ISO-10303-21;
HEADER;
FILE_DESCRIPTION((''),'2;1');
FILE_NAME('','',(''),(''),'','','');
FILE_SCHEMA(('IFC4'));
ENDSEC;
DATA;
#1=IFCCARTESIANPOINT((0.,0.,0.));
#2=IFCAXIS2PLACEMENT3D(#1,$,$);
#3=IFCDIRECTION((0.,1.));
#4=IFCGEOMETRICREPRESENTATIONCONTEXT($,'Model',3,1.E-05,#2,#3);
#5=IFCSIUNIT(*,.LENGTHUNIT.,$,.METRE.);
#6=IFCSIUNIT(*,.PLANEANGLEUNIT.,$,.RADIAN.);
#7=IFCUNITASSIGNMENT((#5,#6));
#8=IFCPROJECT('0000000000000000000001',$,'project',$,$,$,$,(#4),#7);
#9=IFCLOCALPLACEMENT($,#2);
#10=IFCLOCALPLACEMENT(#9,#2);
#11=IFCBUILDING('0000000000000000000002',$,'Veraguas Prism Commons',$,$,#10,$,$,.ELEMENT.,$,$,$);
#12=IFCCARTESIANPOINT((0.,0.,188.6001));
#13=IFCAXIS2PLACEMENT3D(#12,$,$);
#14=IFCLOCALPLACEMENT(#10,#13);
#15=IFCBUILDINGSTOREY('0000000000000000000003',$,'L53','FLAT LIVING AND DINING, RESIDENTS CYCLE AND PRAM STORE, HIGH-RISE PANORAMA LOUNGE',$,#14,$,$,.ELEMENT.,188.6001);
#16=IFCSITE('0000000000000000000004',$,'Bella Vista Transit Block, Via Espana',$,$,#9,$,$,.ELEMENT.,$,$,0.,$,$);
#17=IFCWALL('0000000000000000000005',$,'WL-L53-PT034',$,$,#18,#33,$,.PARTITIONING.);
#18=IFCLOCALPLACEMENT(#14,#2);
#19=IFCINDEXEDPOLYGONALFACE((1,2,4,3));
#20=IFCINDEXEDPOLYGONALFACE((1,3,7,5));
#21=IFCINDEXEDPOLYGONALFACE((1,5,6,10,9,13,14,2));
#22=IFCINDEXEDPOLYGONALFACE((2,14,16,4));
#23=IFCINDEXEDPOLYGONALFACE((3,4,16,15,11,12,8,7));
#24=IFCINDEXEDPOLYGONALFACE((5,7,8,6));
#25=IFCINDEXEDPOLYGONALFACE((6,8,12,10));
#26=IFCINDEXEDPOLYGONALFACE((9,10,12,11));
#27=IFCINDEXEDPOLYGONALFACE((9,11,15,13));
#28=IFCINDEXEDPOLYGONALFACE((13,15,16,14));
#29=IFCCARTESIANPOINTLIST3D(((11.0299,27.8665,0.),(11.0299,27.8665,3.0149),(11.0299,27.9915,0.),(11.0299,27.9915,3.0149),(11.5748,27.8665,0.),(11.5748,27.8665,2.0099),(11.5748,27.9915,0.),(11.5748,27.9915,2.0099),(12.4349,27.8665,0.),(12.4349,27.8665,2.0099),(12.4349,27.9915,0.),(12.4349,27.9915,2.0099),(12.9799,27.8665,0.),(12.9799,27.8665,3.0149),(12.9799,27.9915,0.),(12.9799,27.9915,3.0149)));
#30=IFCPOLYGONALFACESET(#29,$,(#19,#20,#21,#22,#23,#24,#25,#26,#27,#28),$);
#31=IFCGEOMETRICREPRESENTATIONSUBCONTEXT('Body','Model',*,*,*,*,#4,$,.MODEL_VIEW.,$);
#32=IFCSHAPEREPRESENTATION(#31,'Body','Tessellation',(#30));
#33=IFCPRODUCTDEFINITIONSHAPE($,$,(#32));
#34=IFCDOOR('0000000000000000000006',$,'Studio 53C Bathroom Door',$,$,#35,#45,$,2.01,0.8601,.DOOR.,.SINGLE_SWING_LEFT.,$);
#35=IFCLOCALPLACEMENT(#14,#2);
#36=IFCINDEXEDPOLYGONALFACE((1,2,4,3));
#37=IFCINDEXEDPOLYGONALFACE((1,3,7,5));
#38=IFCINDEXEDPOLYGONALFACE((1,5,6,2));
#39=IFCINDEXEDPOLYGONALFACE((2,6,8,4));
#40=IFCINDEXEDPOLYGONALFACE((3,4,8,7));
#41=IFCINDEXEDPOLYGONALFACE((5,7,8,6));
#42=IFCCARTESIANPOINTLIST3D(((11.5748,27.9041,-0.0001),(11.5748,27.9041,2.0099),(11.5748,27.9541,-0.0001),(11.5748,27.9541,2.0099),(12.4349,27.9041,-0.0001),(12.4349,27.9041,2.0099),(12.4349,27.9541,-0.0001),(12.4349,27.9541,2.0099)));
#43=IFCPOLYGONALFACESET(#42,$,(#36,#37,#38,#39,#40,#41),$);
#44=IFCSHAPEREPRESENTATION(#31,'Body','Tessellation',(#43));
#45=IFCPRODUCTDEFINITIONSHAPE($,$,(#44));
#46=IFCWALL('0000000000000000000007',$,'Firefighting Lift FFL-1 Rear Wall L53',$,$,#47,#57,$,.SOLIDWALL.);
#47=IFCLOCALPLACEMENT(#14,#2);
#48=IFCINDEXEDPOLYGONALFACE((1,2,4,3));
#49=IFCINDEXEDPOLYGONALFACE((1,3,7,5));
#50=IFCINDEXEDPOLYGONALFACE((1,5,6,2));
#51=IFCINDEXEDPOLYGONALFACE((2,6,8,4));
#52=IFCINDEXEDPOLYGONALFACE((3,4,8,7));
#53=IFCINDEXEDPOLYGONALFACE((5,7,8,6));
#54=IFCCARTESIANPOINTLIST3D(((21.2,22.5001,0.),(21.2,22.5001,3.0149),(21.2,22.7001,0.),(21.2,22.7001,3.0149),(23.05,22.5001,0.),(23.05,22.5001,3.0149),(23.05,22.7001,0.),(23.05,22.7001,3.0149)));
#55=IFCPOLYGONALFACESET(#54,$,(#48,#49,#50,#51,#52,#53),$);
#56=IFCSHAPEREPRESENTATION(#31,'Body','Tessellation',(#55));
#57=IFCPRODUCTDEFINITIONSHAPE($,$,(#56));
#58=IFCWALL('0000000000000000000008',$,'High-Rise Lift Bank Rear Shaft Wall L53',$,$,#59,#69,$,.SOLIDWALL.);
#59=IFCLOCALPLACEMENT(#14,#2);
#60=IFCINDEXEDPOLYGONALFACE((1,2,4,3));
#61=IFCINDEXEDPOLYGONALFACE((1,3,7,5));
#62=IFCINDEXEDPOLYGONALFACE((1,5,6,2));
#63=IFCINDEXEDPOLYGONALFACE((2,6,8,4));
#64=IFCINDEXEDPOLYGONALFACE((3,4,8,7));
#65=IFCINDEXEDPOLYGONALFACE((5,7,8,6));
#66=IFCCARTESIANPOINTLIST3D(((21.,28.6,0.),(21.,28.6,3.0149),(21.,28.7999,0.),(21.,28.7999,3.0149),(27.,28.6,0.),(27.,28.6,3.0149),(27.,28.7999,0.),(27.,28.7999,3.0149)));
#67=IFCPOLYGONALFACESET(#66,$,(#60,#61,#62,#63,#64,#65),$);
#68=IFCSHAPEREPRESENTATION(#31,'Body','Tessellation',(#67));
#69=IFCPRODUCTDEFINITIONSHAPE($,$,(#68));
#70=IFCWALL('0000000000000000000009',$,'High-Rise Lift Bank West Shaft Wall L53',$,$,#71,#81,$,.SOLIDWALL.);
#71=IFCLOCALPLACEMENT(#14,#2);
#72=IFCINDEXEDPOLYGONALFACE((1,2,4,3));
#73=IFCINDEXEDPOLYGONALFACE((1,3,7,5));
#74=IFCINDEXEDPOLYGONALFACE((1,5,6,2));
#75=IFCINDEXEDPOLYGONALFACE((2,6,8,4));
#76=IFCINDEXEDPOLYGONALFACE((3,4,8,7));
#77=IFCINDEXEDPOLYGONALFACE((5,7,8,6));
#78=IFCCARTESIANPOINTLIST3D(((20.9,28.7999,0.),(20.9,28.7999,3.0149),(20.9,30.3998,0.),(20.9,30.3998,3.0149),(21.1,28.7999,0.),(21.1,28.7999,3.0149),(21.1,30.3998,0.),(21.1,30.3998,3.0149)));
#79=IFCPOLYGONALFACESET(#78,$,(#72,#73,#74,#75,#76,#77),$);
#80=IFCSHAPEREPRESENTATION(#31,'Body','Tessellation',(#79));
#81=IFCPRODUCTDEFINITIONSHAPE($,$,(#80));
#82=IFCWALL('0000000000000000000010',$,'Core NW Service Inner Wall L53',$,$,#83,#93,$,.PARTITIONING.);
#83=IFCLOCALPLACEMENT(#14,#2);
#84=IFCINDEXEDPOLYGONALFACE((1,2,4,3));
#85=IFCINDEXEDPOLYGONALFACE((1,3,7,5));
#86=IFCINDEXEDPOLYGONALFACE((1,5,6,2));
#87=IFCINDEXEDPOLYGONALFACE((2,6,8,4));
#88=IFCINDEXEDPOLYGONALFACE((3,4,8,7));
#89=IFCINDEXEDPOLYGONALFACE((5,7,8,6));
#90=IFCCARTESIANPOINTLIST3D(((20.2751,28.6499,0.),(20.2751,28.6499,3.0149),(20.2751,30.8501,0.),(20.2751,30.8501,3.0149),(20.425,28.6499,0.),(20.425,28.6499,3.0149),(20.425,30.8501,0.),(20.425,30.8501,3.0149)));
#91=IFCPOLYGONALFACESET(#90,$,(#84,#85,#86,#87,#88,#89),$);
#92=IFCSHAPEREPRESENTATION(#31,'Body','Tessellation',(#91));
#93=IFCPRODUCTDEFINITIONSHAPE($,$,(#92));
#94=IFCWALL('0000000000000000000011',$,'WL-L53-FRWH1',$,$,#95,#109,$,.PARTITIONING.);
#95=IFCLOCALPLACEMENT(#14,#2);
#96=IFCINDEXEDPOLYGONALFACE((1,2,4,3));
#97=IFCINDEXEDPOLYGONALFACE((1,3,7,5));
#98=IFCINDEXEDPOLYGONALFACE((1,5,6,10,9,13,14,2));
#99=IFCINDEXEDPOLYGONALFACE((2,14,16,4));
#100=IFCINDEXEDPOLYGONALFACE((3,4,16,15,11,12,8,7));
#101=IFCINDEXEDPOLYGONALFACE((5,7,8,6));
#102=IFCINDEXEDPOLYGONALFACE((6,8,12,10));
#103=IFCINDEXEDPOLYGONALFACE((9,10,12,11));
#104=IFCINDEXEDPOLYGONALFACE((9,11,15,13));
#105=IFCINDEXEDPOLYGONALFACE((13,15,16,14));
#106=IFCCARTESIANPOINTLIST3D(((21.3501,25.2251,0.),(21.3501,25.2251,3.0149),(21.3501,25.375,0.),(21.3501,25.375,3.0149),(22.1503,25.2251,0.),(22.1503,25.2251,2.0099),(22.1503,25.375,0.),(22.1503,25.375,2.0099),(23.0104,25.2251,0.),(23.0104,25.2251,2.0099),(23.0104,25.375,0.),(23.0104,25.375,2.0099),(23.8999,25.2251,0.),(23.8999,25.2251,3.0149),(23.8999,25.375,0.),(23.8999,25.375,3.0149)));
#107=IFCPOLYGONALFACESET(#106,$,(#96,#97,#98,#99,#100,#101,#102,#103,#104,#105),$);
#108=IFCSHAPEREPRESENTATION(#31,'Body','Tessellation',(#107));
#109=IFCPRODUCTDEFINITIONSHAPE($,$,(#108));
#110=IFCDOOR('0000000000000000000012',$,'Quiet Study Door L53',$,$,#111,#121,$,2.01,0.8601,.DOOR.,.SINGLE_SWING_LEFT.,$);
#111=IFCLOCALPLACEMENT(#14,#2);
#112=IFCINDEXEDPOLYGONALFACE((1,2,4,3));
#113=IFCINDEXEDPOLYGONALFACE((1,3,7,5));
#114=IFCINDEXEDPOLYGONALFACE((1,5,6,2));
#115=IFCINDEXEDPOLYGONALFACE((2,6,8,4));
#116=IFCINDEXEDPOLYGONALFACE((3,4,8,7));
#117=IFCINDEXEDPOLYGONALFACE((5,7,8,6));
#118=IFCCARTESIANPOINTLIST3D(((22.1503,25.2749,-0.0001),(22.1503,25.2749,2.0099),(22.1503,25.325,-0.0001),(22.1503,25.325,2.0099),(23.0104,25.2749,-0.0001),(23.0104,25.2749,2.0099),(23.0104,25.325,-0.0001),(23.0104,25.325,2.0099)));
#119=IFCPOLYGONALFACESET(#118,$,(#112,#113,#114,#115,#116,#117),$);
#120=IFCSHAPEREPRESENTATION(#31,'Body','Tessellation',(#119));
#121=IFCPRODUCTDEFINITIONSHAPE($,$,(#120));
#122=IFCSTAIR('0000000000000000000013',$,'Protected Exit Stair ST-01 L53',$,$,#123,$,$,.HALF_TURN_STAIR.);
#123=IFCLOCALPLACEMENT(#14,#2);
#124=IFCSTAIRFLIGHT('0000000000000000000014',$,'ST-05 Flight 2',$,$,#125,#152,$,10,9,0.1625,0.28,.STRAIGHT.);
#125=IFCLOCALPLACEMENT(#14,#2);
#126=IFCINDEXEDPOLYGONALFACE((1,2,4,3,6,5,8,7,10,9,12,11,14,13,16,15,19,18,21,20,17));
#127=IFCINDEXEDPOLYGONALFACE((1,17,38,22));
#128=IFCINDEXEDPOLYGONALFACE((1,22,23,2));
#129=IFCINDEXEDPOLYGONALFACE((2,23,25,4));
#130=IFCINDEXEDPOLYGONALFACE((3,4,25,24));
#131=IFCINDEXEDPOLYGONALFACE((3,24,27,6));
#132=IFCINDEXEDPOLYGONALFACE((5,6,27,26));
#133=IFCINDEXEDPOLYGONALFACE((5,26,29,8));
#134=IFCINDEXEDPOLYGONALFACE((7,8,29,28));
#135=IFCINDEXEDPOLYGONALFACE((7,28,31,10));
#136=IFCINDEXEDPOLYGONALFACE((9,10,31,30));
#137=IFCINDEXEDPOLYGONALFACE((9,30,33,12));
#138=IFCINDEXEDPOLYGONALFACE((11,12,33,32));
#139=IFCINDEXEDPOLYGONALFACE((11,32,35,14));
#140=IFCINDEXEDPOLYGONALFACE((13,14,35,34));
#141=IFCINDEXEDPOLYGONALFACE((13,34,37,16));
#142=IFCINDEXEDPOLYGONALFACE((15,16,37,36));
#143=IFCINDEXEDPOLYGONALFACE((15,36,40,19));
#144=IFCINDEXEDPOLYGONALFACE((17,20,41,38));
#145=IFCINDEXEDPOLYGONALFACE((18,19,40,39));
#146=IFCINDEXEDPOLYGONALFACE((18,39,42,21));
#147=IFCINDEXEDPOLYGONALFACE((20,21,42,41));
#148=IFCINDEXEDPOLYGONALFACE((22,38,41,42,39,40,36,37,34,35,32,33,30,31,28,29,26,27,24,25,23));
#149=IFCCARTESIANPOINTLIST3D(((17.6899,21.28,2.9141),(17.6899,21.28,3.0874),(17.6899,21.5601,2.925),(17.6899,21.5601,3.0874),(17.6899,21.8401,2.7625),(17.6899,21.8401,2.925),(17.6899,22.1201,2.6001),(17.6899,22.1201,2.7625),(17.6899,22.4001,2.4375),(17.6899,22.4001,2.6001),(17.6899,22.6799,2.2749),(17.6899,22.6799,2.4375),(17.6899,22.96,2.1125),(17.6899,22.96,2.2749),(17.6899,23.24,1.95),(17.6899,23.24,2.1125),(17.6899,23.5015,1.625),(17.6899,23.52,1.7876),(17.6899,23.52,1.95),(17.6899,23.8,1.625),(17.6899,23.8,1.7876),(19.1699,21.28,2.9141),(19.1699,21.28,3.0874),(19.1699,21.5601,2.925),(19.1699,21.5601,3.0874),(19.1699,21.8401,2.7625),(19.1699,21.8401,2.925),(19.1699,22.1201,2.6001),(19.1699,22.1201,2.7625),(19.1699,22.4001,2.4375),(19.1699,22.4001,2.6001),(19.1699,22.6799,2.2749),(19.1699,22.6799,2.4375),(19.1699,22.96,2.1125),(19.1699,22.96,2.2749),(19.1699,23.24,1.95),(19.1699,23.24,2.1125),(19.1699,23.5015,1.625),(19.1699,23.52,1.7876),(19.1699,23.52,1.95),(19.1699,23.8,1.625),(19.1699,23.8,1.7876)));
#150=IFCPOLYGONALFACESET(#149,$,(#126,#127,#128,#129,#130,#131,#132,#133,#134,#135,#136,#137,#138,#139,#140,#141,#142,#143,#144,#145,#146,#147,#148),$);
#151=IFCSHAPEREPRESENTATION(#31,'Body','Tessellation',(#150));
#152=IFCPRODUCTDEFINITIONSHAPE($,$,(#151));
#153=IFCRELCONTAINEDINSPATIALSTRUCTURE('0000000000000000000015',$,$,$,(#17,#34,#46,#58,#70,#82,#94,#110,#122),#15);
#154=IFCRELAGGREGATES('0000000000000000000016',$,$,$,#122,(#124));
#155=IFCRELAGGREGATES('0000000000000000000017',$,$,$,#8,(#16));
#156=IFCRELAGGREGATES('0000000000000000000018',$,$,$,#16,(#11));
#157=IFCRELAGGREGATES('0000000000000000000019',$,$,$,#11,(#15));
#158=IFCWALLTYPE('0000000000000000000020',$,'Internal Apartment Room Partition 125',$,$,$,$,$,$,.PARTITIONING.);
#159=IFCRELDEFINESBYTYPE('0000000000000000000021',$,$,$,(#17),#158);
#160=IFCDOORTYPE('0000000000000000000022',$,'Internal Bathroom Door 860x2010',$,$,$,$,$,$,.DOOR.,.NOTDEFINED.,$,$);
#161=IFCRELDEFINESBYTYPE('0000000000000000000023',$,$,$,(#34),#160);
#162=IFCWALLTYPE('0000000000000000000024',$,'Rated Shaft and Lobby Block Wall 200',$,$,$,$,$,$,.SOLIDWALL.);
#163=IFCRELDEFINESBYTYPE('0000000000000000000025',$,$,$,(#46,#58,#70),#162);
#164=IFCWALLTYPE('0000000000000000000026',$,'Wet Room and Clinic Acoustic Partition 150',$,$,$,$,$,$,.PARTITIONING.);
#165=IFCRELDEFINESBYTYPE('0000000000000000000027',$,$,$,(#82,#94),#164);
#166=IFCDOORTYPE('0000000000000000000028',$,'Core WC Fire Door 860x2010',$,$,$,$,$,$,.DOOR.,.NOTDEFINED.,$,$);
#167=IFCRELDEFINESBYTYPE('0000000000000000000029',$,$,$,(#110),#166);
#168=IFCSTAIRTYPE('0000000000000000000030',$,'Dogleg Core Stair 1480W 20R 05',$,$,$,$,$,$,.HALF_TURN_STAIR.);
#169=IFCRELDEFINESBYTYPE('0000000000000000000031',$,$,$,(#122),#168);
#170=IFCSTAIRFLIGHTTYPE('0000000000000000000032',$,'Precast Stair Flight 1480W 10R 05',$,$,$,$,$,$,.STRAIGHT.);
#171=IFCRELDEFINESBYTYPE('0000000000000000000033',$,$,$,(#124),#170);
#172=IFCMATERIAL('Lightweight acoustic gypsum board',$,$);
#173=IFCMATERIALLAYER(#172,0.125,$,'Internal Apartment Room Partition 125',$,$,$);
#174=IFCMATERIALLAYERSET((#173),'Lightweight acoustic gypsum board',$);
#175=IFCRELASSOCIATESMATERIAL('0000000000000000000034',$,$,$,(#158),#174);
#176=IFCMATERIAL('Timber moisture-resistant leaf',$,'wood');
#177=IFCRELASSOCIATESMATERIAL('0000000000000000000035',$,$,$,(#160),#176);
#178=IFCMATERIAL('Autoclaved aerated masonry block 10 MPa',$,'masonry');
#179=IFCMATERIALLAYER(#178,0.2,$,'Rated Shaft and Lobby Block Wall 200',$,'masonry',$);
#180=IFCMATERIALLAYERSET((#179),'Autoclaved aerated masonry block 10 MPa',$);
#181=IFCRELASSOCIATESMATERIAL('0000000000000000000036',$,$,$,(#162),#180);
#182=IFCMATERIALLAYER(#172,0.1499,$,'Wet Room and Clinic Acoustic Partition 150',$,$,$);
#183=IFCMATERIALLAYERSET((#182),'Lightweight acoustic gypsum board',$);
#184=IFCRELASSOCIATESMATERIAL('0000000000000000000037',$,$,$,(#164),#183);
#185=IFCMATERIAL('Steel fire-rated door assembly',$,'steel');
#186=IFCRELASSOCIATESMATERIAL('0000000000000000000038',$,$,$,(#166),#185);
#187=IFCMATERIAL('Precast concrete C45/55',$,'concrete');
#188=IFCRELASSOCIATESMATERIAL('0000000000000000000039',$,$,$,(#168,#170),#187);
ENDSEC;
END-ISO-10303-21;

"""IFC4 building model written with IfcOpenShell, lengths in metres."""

from ifc_helpers import new_model, si_unit, direction, frame, frame_2d, origin, place, context, subcontext, project, spatial, polyline, rectangle, outline, extrude, source, transform, mapped, material, layer, layer_set, type_object, element, fill, aggregate, save


model = new_model("IFC4")

# Units and contexts
model_context = context("Model", 3, precision=1e-05, world=origin(), true_north=direction((0.0, 1.0)))
body_context = subcontext(model_context, "Body", "Model", "MODEL_VIEW")
ifc_project = project(units=[si_unit("LENGTHUNIT", "METRE"), si_unit("PLANEANGLEUNIT", "RADIAN")], contexts=[model_context])

# Site, building, storey
site_placement = place(None, origin())
site = spatial("IfcSite", under=ifc_project, at=site_placement, Name="Bella Vista Transit Block, Via Espana", CompositionType="ELEMENT", RefElevation=0.0)
building_placement = place(site_placement, origin())
building = spatial("IfcBuilding", under=site, at=building_placement, Name="Veraguas Prism Commons", CompositionType="ELEMENT")
storey_placement = place(building_placement, frame((0.0, 0.0, 188.6001)))
storey = spatial("IfcBuildingStorey", under=building, at=storey_placement, Name="L53", Description="FLAT LIVING AND DINING, RESIDENTS CYCLE AND PRAM STORE, HIGH-RISE PANORAMA LOUNGE", CompositionType="ELEMENT", Elevation=188.6001)

# Shared definitions
ifc_material_1 = material(Name="Autoclaved aerated masonry block 10 MPa", Category="masonry")
ifc_material_2 = material(Name="Steel fire-rated door assembly", Category="steel")

# Wall, opening, door
ifc_material_3 = material(Name="Lightweight acoustic gypsum board")
ifc_layer_1 = layer(ifc_material_3, 0.125, Name="Internal Apartment Room Partition 125")
ifc_layer_set_1 = layer_set([ifc_layer_1], Name="Lightweight acoustic gypsum board")
wall_type_1 = type_object("IfcWallType", Name="Internal Apartment Room Partition 125", PredefinedType="PARTITIONING", material=ifc_layer_set_1)
wall_1_placement = place(storey_placement, frame((12.98, 27.929, 0.0), z_axis=(0.0, 0.0, 1.0), x_axis=(-1.0, 0.0, 0.0)))
wall_1 = element("IfcWall", 1, at=wall_1_placement, inside=storey, type_object=wall_type_1, Name="WL-L53-PT034", PredefinedType="PARTITIONING", context=body_context, shape_type="SweptSolid", body=[
    extrude(rectangle(XDim=1.95, YDim=0.125, at=frame_2d((0.9751, 0.0))), origin(), (0.0, 0.0, 1.0), 3.0149),
])
opening_1_placement = place(wall_1_placement, frame((0.5449, 0.0, 0.0)))
opening_1 = element("IfcOpeningElement", 2, at=opening_1_placement, cuts=wall_1, PredefinedType="OPENING", context=body_context, shape_type="SweptSolid", body=[
    extrude(rectangle(XDim=0.8601, YDim=2.01, at=frame_2d((0.4302, 1.0049))), frame((0.0, 0.0725, 0.0), z_axis=(0.0, -1.0, 0.0), x_axis=(1.0, 0.0, 0.0)), (0.0, 0.0, 1.0), 0.145),
])
ifc_material_4 = material(Name="Timber moisture-resistant leaf", Category="wood")
door_type_1 = type_object("IfcDoorType", Name="Internal Bathroom Door 860x2010", OperationType="NOTDEFINED", PredefinedType="DOOR", material=ifc_material_4)
shared_shape_1 = source(origin(), body_context, "Body", "SweptSolid", [
    extrude(rectangle(XDim=0.8601, YDim=2.01, at=frame_2d((0.4302, 1.0049))), frame((0.0, 0.0249, 0.0), z_axis=(0.0, -1.0, 0.0), x_axis=(1.0, 0.0, 0.0)), (0.0, 0.0, 1.0), 0.05),
])
door_1_placement = place(opening_1_placement, origin())
door_1 = element("IfcDoor", 3, at=door_1_placement, inside=storey, type_object=door_type_1, Name="Studio 53C Bathroom Door", OperationType="SINGLE_SWING_LEFT", OverallHeight=2.01, OverallWidth=0.8601, PredefinedType="DOOR", context=body_context, shape_type="MappedRepresentation", body=[
    mapped(shared_shape_1, transform((0.0, 0.0, 0.0), scale=1.0)),
])
fill(opening_1, door_1)

# Walls
ifc_layer_2 = layer(ifc_material_1, 0.2, Name="Rated Shaft and Lobby Block Wall 200", Category="masonry")
ifc_layer_set_2 = layer_set([ifc_layer_2], Name="Autoclaved aerated masonry block 10 MPa")
wall_type_2 = type_object("IfcWallType", Name="Rated Shaft and Lobby Block Wall 200", PredefinedType="SOLIDWALL", material=ifc_layer_set_2)
wall_2_placement = place(storey_placement, frame((21.2, 22.6001, 0.0), z_axis=(0.0, 0.0, 1.0), x_axis=(1.0, 0.0, 0.0)))
element("IfcWall", 4, at=wall_2_placement, inside=storey, type_object=wall_type_2, Name="Firefighting Lift FFL-1 Rear Wall L53", PredefinedType="SOLIDWALL", context=body_context, shape_type="SweptSolid", body=[
    extrude(rectangle(XDim=1.8501, YDim=0.2, at=frame_2d((0.925, 0.0))), origin(), (0.0, 0.0, 1.0), 3.0149),
])
wall_3_placement = place(storey_placement, frame((21.0, 28.7, 0.0), z_axis=(0.0, 0.0, 1.0), x_axis=(1.0, 0.0, 0.0)))
element("IfcWall", 5, at=wall_3_placement, inside=storey, type_object=wall_type_2, Name="High-Rise Lift Bank Rear Shaft Wall L53", PredefinedType="SOLIDWALL", context=body_context, shape_type="SweptSolid", body=[
    extrude(rectangle(XDim=6.0, YDim=0.2, at=frame_2d((3.0, 0.0))), origin(), (0.0, 0.0, 1.0), 3.0149),
])
wall_4_placement = place(storey_placement, frame((21.0, 28.8, 0.0), z_axis=(0.0, 0.0, 1.0), x_axis=(0.0, 1.0, 0.0)))
element("IfcWall", 6, at=wall_4_placement, inside=storey, type_object=wall_type_2, Name="High-Rise Lift Bank West Shaft Wall L53", PredefinedType="SOLIDWALL", context=body_context, shape_type="SweptSolid", body=[
    extrude(rectangle(XDim=1.5999, YDim=0.2, at=frame_2d((0.7998, 0.0))), origin(), (0.0, 0.0, 1.0), 3.0149),
])
ifc_layer_3 = layer(ifc_material_3, 0.1499, Name="Wet Room and Clinic Acoustic Partition 150")
ifc_layer_set_3 = layer_set([ifc_layer_3], Name="Lightweight acoustic gypsum board")
wall_type_3 = type_object("IfcWallType", Name="Wet Room and Clinic Acoustic Partition 150", PredefinedType="PARTITIONING", material=ifc_layer_set_3)
wall_5_placement = place(storey_placement, frame((20.3501, 28.6499, 0.0), z_axis=(0.0, 0.0, 1.0), x_axis=(0.0, 1.0, 0.0)))
element("IfcWall", 7, at=wall_5_placement, inside=storey, type_object=wall_type_3, Name="Core NW Service Inner Wall L53", PredefinedType="PARTITIONING", context=body_context, shape_type="SweptSolid", body=[
    extrude(rectangle(XDim=2.2002, YDim=0.1499, at=frame_2d((1.1001, 0.0))), origin(), (0.0, 0.0, 1.0), 3.0149),
])

# Wall, opening, door
wall_6_placement = place(storey_placement, frame((21.3501, 25.3, 0.0), z_axis=(0.0, 0.0, 1.0), x_axis=(1.0, 0.0, 0.0)))
wall_6 = element("IfcWall", 8, at=wall_6_placement, inside=storey, type_object=wall_type_3, Name="WL-L53-FRWH1", PredefinedType="PARTITIONING", context=body_context, shape_type="SweptSolid", body=[
    extrude(rectangle(XDim=2.5498, YDim=0.1499, at=frame_2d((1.2749, 0.0))), origin(), (0.0, 0.0, 1.0), 3.0149),
])
opening_2_placement = place(wall_6_placement, frame((0.8, 0.0, 0.0)))
opening_2 = element("IfcOpeningElement", 9, at=opening_2_placement, cuts=wall_6, PredefinedType="OPENING", context=body_context, shape_type="SweptSolid", body=[
    extrude(rectangle(XDim=0.8601, YDim=2.01, at=frame_2d((0.4302, 1.0049))), frame((0.0, 0.085, 0.0), z_axis=(0.0, -1.0, 0.0), x_axis=(1.0, 0.0, 0.0)), (0.0, 0.0, 1.0), 0.1699),
])
door_type_2 = type_object("IfcDoorType", Name="Core WC Fire Door 860x2010", OperationType="NOTDEFINED", PredefinedType="DOOR", material=ifc_material_2)
door_2_placement = place(opening_2_placement, origin())
door_2 = element("IfcDoor", 10, at=door_2_placement, inside=storey, type_object=door_type_2, Name="Quiet Study Door L53", OperationType="SINGLE_SWING_LEFT", OverallHeight=2.01, OverallWidth=0.8601, PredefinedType="DOOR", context=body_context, shape_type="MappedRepresentation", body=[
    mapped(shared_shape_1, transform((0.0, 0.0, 0.0), scale=1.0)),
])
fill(opening_2, door_2)

# Stair, stair flight
ifc_material_5 = material(Name="Precast concrete C45/55", Category="concrete")
stair_type = type_object("IfcStairType", Name="Dogleg Core Stair 1480W 20R 05", PredefinedType="HALF_TURN_STAIR", material=ifc_material_5)
stair_placement = place(storey_placement, origin())
stair = element("IfcStair", 11, at=stair_placement, inside=storey, type_object=stair_type, Name="Protected Exit Stair ST-01 L53", PredefinedType="HALF_TURN_STAIR")
stair_flight_type = type_object("IfcStairFlightType", Name="Precast Stair Flight 1480W 10R 05", PredefinedType="STRAIGHT", material=ifc_material_5)
stair_flight_placement = place(storey_placement, frame((18.4299, 23.8, 1.625), z_axis=(0.0, 0.0, 1.0), x_axis=(0.0, -1.0, 0.0)))
stair_flight = element("IfcStairFlight", 12, at=stair_flight_placement, type_object=stair_flight_type, Name="ST-05 Flight 2", NumberOfRisers=10, NumberOfTreads=9, PredefinedType="STRAIGHT", RiserHeight=0.1625, TreadLength=0.28, context=body_context, shape_type="SweptSolid", body=[
    extrude(outline(polyline([(0.0, 0.0), (0.0, 0.1626), (0.28, 0.1626), (0.28, 0.325), (0.5601, 0.325), (0.5601, 0.4875), (0.8401, 0.4875), (0.8401, 0.6499), (1.1201, 0.6499), (1.1201, 0.8125), (1.3999, 0.8125), (1.3999, 0.9751), (1.6799, 0.9751), (1.6799, 1.1375), (1.96, 1.1375), (1.96, 1.3), (2.24, 1.3), (2.24, 1.4624), (2.52, 1.4624), (2.52, 1.625), (2.52, 1.2891), (0.2986, 0.0), (0.0, 0.0)])), frame((0.0, 0.74, 0.0), z_axis=(0.0, -1.0, 0.0), x_axis=(1.0, 0.0, 0.0)), (0.0, 0.0, 1.0), 1.48),
])
aggregate(stair, [stair_flight])

save(model, "model.ifc")
